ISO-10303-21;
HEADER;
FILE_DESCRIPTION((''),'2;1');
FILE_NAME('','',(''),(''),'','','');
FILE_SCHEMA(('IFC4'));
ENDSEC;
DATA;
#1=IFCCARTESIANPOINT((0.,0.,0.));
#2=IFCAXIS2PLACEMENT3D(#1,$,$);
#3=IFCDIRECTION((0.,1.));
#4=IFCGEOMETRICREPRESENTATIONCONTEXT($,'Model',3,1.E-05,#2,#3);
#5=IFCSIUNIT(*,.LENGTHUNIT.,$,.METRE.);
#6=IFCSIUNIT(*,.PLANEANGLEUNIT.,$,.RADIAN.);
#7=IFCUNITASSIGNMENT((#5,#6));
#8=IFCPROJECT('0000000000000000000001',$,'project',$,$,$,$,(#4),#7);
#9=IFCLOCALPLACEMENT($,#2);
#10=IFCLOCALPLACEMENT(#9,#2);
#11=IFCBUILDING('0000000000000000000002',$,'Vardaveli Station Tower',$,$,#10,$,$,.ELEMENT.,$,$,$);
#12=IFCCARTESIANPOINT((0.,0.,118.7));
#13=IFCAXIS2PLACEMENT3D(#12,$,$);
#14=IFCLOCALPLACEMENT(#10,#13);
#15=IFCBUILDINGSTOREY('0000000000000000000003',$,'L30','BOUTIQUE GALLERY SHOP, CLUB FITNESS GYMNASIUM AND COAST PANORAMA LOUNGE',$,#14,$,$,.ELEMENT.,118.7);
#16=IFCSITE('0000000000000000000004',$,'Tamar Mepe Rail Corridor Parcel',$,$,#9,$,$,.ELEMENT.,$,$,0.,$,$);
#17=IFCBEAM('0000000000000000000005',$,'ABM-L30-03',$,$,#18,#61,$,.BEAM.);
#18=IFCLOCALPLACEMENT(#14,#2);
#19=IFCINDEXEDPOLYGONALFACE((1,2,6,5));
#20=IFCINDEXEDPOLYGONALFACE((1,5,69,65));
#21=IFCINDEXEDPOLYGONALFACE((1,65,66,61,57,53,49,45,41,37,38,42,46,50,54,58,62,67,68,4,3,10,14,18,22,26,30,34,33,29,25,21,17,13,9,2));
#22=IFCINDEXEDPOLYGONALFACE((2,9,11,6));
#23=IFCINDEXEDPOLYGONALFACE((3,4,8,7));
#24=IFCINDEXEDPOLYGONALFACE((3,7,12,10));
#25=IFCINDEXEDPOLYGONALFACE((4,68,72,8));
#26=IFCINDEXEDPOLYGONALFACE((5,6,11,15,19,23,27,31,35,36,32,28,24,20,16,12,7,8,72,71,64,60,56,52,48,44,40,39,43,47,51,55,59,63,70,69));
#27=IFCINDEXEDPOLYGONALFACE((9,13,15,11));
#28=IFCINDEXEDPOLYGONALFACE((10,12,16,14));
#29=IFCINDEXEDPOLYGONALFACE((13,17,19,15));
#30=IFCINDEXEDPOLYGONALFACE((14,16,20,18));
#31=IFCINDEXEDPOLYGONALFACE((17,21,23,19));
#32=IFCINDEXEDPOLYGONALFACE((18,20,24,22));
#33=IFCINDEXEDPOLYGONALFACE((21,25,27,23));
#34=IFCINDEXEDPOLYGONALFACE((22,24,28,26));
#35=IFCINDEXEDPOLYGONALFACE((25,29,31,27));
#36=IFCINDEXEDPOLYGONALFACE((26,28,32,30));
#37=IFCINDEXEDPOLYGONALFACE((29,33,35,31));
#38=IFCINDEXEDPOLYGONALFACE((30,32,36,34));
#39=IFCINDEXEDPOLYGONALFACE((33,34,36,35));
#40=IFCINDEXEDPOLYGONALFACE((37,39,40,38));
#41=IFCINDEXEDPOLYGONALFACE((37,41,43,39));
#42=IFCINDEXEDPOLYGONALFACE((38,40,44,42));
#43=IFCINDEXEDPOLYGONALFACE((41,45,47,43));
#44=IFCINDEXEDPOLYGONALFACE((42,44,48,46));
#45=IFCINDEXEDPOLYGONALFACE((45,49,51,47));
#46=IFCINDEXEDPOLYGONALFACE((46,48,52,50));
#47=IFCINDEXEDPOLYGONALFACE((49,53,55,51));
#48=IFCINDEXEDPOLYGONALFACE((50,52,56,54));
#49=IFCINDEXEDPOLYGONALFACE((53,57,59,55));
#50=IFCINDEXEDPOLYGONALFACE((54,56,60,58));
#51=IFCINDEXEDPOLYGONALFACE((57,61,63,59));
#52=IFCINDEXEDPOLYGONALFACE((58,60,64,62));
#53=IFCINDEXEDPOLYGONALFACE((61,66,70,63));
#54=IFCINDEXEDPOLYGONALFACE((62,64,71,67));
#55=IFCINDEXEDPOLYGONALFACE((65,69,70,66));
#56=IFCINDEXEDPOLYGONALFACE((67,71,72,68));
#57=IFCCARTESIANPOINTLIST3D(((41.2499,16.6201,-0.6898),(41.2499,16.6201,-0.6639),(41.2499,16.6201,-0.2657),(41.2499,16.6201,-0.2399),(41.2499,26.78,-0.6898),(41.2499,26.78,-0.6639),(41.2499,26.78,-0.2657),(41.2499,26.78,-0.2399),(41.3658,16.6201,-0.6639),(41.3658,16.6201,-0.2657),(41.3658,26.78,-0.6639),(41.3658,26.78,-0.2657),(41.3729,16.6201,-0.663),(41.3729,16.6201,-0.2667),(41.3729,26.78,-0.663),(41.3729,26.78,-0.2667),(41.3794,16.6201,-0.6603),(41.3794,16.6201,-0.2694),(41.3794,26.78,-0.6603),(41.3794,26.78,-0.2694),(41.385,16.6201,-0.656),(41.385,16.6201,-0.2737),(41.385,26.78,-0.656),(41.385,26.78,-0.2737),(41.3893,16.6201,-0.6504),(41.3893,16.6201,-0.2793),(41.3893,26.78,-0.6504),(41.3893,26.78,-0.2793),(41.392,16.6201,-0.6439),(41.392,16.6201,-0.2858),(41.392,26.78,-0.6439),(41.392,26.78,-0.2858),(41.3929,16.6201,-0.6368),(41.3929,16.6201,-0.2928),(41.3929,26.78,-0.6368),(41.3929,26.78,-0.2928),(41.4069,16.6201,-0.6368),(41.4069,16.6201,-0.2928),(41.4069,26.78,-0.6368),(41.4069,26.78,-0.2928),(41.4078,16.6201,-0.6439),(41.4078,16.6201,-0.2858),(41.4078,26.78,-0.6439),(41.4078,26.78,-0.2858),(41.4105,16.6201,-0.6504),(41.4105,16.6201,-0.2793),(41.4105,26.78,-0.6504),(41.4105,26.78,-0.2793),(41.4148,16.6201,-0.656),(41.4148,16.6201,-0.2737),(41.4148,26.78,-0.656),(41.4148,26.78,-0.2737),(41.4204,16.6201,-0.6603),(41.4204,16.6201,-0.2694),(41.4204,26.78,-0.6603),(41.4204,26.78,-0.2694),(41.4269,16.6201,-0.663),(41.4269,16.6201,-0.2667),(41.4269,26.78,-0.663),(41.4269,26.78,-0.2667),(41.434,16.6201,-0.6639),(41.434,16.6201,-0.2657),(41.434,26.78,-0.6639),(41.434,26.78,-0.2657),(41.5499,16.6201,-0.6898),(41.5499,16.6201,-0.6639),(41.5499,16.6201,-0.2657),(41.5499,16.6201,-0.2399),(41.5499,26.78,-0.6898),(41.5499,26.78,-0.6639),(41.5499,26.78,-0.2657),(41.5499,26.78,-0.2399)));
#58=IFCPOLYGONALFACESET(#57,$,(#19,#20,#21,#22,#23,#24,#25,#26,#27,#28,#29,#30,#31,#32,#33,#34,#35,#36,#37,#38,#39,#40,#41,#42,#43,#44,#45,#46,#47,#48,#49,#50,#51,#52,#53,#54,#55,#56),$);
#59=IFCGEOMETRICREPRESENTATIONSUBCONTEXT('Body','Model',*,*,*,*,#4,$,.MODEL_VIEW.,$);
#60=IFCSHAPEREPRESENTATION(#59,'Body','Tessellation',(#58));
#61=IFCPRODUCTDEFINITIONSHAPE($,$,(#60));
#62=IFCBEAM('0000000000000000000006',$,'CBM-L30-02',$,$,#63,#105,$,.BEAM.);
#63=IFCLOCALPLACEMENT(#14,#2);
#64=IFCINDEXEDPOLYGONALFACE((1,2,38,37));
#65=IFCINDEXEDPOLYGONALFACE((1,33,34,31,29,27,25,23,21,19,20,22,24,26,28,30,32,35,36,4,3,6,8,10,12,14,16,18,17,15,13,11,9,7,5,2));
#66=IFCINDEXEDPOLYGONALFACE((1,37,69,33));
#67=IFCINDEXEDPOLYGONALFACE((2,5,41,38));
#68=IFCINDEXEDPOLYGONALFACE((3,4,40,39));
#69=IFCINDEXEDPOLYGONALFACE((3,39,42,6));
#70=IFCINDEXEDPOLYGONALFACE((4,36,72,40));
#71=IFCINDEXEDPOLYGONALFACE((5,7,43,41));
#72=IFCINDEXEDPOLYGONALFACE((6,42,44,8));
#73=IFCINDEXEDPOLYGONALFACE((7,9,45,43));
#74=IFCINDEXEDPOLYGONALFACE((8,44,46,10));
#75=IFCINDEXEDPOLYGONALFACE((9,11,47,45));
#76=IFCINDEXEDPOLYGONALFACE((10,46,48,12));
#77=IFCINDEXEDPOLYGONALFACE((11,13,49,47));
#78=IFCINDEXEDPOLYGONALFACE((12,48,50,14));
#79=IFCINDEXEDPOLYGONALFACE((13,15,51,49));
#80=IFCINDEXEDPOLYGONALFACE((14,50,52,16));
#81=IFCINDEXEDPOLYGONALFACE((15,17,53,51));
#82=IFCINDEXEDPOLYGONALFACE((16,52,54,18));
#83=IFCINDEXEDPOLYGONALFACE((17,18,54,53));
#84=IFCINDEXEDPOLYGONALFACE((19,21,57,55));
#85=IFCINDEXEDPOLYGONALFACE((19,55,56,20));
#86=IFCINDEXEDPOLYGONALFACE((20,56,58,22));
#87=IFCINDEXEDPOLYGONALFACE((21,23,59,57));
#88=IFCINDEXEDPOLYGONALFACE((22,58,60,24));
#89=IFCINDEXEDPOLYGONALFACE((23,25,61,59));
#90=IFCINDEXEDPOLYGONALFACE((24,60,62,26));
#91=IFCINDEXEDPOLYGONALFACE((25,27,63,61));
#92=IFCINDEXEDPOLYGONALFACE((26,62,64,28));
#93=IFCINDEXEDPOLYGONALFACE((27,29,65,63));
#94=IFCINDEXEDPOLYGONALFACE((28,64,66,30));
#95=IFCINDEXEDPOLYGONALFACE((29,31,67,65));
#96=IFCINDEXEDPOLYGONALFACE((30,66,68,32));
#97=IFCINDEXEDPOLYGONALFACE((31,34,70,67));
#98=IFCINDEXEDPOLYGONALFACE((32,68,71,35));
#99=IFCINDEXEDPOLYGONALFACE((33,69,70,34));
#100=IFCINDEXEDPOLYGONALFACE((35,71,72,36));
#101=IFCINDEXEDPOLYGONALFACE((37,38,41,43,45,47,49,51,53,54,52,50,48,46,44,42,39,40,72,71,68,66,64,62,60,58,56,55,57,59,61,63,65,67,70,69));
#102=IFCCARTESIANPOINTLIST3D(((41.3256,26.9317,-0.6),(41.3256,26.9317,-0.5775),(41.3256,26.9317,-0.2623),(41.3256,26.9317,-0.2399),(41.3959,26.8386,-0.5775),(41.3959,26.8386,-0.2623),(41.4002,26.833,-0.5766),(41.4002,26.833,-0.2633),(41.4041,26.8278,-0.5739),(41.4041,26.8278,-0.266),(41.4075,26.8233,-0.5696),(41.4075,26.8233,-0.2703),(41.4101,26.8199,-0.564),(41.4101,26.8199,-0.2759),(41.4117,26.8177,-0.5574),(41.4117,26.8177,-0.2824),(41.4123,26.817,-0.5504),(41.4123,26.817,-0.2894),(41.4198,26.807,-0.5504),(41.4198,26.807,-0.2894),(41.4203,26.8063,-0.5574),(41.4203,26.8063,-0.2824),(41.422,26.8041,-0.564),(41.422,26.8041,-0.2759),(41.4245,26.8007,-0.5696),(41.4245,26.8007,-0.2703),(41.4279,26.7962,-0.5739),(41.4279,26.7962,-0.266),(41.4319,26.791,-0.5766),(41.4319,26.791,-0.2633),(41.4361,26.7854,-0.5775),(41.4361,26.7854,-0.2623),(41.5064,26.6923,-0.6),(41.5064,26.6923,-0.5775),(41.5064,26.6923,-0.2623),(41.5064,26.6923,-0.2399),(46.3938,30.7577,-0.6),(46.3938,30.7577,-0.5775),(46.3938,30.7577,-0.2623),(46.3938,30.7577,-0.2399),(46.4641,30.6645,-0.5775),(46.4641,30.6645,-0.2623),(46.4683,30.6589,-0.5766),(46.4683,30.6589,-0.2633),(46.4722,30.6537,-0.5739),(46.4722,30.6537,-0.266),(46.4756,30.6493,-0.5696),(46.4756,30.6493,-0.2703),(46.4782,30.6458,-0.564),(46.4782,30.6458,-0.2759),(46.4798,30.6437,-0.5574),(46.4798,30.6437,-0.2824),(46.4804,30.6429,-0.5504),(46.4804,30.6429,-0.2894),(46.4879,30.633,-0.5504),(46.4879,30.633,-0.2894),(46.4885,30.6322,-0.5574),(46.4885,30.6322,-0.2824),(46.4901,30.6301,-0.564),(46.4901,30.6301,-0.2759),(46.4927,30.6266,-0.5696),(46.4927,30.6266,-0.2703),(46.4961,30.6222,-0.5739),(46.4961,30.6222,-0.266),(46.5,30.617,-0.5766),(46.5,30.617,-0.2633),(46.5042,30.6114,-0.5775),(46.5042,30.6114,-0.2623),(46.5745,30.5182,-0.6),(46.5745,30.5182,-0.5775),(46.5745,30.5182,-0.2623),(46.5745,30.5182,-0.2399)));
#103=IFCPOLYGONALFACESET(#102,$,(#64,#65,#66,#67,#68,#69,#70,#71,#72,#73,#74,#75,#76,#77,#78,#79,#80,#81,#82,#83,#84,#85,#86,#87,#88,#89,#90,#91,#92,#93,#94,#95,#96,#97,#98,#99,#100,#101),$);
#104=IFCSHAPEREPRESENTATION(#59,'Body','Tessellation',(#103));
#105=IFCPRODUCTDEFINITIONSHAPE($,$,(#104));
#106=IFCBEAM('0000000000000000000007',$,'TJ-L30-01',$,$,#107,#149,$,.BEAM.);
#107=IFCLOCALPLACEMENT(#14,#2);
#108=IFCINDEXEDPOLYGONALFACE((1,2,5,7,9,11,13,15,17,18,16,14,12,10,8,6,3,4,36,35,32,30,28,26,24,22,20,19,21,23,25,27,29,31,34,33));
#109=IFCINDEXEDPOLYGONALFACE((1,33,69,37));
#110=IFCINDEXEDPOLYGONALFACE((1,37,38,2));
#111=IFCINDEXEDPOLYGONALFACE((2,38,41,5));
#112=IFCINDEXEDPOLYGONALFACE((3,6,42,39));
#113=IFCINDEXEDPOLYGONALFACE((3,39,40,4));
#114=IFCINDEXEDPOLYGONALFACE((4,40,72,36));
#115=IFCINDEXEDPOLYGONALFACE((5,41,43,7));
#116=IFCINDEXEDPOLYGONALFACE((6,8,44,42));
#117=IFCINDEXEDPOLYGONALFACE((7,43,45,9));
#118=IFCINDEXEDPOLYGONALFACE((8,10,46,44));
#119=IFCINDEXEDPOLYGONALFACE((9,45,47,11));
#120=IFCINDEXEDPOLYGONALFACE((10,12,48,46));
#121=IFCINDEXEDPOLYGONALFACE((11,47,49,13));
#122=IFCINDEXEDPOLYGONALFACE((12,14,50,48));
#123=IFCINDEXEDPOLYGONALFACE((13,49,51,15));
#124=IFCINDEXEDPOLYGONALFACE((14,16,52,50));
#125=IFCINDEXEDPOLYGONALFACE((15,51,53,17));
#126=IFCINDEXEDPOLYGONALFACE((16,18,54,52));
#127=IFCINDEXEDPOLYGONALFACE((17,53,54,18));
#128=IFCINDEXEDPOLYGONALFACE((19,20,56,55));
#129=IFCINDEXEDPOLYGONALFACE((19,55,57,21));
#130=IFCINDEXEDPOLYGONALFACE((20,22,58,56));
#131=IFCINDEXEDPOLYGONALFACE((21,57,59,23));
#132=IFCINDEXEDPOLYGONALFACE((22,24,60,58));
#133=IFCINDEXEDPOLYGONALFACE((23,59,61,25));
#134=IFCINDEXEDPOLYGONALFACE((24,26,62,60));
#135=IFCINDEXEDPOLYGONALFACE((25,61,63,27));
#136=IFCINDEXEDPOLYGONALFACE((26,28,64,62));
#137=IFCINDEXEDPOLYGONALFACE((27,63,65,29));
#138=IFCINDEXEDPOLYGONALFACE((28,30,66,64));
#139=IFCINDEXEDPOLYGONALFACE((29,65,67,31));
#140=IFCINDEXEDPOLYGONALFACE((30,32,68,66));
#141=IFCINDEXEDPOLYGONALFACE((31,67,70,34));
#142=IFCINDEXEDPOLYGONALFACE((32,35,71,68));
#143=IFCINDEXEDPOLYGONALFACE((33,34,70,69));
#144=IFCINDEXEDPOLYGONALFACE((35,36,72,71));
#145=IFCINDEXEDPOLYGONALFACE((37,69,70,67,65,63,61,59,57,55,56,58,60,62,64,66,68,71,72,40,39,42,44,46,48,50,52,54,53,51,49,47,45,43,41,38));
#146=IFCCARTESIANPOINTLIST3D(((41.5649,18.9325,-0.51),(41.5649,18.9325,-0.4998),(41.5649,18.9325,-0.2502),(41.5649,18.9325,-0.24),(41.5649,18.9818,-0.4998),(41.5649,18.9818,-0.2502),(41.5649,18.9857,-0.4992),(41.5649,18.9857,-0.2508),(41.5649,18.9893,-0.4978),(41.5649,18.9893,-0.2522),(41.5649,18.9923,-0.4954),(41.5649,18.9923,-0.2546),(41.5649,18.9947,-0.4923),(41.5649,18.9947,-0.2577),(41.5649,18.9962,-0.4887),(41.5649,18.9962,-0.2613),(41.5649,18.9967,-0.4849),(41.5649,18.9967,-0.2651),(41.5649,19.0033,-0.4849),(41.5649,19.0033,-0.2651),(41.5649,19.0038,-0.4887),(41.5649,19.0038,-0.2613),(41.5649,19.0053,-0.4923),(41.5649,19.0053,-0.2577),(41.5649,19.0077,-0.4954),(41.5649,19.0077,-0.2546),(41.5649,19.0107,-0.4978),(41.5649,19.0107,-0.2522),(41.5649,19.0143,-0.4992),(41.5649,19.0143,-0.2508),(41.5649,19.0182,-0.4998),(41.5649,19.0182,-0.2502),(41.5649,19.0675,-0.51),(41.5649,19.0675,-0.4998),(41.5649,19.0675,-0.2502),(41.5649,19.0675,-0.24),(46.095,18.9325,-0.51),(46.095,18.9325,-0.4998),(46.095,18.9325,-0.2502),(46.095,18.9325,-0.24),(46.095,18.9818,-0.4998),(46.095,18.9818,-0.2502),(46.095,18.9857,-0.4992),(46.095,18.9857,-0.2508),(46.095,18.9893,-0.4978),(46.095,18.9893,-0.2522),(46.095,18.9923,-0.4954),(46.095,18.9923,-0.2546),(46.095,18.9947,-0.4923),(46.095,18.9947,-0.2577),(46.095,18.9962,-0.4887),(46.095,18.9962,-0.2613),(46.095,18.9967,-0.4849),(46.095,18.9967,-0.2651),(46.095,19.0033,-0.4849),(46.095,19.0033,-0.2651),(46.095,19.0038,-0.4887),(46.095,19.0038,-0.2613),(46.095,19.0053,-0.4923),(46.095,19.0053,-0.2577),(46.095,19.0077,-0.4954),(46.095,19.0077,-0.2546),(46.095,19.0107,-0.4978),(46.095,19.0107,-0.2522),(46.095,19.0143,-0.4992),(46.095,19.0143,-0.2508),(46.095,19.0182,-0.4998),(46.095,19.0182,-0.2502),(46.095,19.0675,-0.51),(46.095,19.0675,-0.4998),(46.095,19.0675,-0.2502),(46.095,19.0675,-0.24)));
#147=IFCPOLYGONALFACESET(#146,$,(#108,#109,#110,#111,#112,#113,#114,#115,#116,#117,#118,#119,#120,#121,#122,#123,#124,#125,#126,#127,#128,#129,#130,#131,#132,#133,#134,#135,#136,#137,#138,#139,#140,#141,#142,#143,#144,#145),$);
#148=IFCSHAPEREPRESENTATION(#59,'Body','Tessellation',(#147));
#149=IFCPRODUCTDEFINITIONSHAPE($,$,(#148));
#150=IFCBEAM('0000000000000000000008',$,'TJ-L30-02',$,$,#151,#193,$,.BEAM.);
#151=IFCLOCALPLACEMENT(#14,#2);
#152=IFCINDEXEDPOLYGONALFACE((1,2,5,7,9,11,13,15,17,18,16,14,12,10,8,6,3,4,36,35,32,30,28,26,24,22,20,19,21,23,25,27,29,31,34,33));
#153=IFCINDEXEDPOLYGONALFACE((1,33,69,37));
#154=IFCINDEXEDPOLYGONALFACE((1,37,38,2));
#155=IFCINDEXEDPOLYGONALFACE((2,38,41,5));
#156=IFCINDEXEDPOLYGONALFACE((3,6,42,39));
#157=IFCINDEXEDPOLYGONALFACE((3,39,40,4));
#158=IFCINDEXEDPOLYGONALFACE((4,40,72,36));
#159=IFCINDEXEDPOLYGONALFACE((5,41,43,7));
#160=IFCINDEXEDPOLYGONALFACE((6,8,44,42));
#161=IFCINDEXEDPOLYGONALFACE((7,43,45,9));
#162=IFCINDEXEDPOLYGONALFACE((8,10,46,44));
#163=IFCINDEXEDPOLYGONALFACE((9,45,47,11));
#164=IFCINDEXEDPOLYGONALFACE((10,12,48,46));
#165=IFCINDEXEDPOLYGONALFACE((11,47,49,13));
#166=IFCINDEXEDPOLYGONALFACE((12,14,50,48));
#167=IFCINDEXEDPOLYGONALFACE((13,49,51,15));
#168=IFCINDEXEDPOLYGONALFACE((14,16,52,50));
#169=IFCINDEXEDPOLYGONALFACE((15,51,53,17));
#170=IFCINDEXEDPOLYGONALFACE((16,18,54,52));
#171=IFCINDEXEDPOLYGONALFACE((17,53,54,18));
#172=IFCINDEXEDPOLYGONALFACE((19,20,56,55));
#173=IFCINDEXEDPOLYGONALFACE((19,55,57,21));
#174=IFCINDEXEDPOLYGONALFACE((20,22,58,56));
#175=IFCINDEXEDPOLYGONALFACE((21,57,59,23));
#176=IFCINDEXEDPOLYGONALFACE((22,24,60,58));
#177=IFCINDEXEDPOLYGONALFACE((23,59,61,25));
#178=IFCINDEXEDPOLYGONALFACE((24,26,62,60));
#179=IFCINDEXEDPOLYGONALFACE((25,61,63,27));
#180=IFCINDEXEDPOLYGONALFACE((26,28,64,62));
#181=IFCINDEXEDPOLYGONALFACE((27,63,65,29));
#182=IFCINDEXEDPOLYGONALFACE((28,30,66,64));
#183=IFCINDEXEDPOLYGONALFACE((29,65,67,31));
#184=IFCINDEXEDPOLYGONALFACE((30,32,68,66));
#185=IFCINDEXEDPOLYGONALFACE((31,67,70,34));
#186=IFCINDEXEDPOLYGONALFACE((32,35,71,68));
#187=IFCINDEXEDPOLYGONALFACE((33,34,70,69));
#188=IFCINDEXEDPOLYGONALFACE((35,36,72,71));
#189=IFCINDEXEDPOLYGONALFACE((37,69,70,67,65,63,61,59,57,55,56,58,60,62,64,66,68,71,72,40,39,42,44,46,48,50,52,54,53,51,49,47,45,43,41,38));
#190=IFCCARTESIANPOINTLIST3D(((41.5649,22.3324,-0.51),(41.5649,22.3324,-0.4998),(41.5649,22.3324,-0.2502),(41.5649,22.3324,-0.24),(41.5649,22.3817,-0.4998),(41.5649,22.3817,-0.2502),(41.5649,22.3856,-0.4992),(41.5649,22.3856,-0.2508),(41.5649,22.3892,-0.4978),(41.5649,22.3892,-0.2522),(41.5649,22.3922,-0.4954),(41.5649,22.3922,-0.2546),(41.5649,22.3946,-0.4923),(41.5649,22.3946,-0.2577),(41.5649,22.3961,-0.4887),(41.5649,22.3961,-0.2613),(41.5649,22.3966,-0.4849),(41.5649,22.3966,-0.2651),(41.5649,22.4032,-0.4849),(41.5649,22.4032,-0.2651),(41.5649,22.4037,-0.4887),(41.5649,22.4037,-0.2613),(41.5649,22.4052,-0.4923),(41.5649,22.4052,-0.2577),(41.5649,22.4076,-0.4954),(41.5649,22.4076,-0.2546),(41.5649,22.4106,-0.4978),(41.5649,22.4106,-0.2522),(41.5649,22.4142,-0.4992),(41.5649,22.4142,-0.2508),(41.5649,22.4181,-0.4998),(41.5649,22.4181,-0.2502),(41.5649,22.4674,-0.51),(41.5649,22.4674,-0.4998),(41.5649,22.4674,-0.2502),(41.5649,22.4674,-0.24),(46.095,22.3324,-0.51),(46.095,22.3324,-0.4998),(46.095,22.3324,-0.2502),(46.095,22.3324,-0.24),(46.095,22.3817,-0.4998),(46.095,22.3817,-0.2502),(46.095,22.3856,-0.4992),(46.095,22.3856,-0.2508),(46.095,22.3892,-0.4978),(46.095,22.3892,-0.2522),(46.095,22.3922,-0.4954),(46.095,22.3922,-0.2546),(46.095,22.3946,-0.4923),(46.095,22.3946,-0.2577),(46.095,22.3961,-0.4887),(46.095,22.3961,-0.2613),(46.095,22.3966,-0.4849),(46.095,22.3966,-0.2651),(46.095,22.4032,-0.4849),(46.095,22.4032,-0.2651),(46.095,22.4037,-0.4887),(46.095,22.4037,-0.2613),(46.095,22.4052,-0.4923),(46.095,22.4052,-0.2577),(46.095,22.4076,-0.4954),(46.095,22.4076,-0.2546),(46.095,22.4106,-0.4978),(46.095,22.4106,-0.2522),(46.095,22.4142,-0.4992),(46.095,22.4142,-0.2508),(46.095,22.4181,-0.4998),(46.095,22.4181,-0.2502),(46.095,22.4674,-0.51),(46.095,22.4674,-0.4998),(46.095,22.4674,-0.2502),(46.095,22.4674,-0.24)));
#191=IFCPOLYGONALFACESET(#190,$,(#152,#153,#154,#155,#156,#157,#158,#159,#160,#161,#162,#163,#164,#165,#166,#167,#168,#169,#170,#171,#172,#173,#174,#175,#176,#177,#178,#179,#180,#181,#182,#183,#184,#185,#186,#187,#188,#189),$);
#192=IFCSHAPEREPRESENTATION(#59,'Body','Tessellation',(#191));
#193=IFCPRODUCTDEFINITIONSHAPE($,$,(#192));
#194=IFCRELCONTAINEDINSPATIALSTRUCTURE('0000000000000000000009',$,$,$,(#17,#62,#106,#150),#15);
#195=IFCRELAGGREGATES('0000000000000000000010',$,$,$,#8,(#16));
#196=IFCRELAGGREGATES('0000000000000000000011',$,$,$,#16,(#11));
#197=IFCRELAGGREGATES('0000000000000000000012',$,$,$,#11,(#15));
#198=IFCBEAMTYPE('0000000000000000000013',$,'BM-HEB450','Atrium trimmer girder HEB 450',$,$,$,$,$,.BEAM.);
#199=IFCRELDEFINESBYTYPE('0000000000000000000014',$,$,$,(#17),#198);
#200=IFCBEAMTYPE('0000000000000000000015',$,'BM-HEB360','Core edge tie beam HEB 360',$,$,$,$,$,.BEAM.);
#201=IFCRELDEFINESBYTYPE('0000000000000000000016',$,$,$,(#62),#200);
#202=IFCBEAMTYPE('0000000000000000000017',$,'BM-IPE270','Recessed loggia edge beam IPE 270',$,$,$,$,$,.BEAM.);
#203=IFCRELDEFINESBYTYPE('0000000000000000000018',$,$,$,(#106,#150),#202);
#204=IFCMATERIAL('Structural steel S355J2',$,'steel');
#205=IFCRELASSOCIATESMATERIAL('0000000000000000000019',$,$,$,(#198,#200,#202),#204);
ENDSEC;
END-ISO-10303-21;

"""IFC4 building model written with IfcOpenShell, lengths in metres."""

from ifc_helpers import new_model, si_unit, direction, frame, origin, origin_2d, place, context, subcontext, project, spatial, i_section, extrude, source, transform, mapped, material, material_profile, profile_set, type_object, element, save


model = new_model("IFC4")

# Units and contexts
model_context = context("Model", 3, precision=1e-05, world=origin(), true_north=direction((0.0, 1.0)))
body_context = subcontext(model_context, "Body", "Model", "MODEL_VIEW")
ifc_project = project(units=[si_unit("LENGTHUNIT", "METRE"), si_unit("PLANEANGLEUNIT", "RADIAN")], contexts=[model_context])

# Site, building, storey
site_placement = place(None, origin())
site = spatial("IfcSite", under=ifc_project, at=site_placement, Name="Tamar Mepe Rail Corridor Parcel", CompositionType="ELEMENT", RefElevation=0.0)
building_placement = place(site_placement, origin())
building = spatial("IfcBuilding", under=site, at=building_placement, Name="Vardaveli Station Tower", CompositionType="ELEMENT")
storey_placement = place(building_placement, frame((0.0, 0.0, 118.7)))
storey = spatial("IfcBuildingStorey", under=building, at=storey_placement, Name="L30", Description="BOUTIQUE GALLERY SHOP, CLUB FITNESS GYMNASIUM AND COAST PANORAMA LOUNGE", CompositionType="ELEMENT", Elevation=118.7)

# Beams
ifc_material_1 = material(Name="Structural steel S355J2", Category="steel")
ifc_material_profile_1 = material_profile(ifc_material_1, i_section(OverallWidth=0.3, OverallDepth=0.45, WebThickness=0.0139, FlangeThickness=0.0259, FilletRadius=0.0271, at=origin_2d()), Name="HEB 450")
ifc_profile_set_1 = profile_set([ifc_material_profile_1], Name="Structural steel S355J2")
beam_type_1 = type_object("IfcBeamType", Name="BM-HEB450", Description="Atrium trimmer girder HEB 450", PredefinedType="BEAM", material=ifc_profile_set_1)
shared_shape_1 = source(origin(), body_context, "Body", "SweptSolid", [
    extrude(i_section(OverallWidth=0.3, OverallDepth=0.45, WebThickness=0.0139, FlangeThickness=0.0259, FilletRadius=0.0271, at=origin_2d()), origin(), (0.0, 0.0, 1.0), 10.1599),
])
beam_1_placement = place(storey_placement, frame((41.3999, 16.6201, -0.4648), z_axis=(0.0, 1.0, 0.0), x_axis=(-1.0, 0.0, 0.0)))
element("IfcBeam", 1, at=beam_1_placement, inside=storey, type_object=beam_type_1, Name="ABM-L30-03", PredefinedType="BEAM", context=body_context, shape_type="MappedRepresentation", body=[
    mapped(shared_shape_1, transform((0.0, 0.0, 0.0), scale=1.0)),
])
ifc_material_profile_2 = material_profile(ifc_material_1, i_section(OverallWidth=0.3, OverallDepth=0.3601, WebThickness=0.0125, FlangeThickness=0.0225, FilletRadius=0.0271, at=origin_2d()), Name="HEB 360")
ifc_profile_set_2 = profile_set([ifc_material_profile_2], Name="Structural steel S355J2")
beam_type_2 = type_object("IfcBeamType", Name="BM-HEB360", Description="Core edge tie beam HEB 360", PredefinedType="BEAM", material=ifc_profile_set_2)
shared_shape_2 = source(origin(), body_context, "Body", "SweptSolid", [
    extrude(i_section(OverallWidth=0.3, OverallDepth=0.3601, WebThickness=0.0125, FlangeThickness=0.0225, FilletRadius=0.0271, at=origin_2d()), origin(), (0.0, 0.0, 1.0), 6.3501),
])
beam_2_placement = place(storey_placement, frame((41.416, 26.812, -0.4199), z_axis=(0.798118, 0.602501, 0.0), x_axis=(-0.602501, 0.798118, 0.0)))
element("IfcBeam", 2, at=beam_2_placement, inside=storey, type_object=beam_type_2, Name="CBM-L30-02", PredefinedType="BEAM", context=body_context, shape_type="MappedRepresentation", body=[
    mapped(shared_shape_2, transform((0.0, 0.0, 0.0), scale=1.0)),
])
ifc_material_profile_3 = material_profile(ifc_material_1, i_section(OverallWidth=0.135, OverallDepth=0.27, WebThickness=0.0066, FlangeThickness=0.0103, FilletRadius=0.0149, at=origin_2d()), Name="IPE 270")
ifc_profile_set_3 = profile_set([ifc_material_profile_3], Name="Structural steel S355J2")
beam_type_3 = type_object("IfcBeamType", Name="BM-IPE270", Description="Recessed loggia edge beam IPE 270", PredefinedType="BEAM", material=ifc_profile_set_3)
shared_shape_3 = source(origin(), body_context, "Body", "SweptSolid", [
    extrude(i_section(OverallWidth=0.135, OverallDepth=0.27, WebThickness=0.0066, FlangeThickness=0.0103, FilletRadius=0.0149, at=origin_2d()), origin(), (0.0, 0.0, 1.0), 4.53),
])
for number, where, z_axis, x_axis, name in (
    (3, (41.5649, 19.0, -0.375), (1.0, 0.0, 0.0), (0.0, 1.0, 0.0), "TJ-L30-01"),
    (4, (41.5649, 22.3999, -0.375), (1.0, 0.0, 0.0), (0.0, 1.0, 0.0), "TJ-L30-02"),
):
    element("IfcBeam", number, at=place(storey_placement, frame(where, z_axis=z_axis, x_axis=x_axis)), inside=storey, type_object=beam_type_3, Name=name, PredefinedType="BEAM", context=body_context, shape_type="MappedRepresentation", body=[
        mapped(shared_shape_3, transform((0.0, 0.0, 0.0), scale=1.0)),
    ])

save(model, "model.ifc")
